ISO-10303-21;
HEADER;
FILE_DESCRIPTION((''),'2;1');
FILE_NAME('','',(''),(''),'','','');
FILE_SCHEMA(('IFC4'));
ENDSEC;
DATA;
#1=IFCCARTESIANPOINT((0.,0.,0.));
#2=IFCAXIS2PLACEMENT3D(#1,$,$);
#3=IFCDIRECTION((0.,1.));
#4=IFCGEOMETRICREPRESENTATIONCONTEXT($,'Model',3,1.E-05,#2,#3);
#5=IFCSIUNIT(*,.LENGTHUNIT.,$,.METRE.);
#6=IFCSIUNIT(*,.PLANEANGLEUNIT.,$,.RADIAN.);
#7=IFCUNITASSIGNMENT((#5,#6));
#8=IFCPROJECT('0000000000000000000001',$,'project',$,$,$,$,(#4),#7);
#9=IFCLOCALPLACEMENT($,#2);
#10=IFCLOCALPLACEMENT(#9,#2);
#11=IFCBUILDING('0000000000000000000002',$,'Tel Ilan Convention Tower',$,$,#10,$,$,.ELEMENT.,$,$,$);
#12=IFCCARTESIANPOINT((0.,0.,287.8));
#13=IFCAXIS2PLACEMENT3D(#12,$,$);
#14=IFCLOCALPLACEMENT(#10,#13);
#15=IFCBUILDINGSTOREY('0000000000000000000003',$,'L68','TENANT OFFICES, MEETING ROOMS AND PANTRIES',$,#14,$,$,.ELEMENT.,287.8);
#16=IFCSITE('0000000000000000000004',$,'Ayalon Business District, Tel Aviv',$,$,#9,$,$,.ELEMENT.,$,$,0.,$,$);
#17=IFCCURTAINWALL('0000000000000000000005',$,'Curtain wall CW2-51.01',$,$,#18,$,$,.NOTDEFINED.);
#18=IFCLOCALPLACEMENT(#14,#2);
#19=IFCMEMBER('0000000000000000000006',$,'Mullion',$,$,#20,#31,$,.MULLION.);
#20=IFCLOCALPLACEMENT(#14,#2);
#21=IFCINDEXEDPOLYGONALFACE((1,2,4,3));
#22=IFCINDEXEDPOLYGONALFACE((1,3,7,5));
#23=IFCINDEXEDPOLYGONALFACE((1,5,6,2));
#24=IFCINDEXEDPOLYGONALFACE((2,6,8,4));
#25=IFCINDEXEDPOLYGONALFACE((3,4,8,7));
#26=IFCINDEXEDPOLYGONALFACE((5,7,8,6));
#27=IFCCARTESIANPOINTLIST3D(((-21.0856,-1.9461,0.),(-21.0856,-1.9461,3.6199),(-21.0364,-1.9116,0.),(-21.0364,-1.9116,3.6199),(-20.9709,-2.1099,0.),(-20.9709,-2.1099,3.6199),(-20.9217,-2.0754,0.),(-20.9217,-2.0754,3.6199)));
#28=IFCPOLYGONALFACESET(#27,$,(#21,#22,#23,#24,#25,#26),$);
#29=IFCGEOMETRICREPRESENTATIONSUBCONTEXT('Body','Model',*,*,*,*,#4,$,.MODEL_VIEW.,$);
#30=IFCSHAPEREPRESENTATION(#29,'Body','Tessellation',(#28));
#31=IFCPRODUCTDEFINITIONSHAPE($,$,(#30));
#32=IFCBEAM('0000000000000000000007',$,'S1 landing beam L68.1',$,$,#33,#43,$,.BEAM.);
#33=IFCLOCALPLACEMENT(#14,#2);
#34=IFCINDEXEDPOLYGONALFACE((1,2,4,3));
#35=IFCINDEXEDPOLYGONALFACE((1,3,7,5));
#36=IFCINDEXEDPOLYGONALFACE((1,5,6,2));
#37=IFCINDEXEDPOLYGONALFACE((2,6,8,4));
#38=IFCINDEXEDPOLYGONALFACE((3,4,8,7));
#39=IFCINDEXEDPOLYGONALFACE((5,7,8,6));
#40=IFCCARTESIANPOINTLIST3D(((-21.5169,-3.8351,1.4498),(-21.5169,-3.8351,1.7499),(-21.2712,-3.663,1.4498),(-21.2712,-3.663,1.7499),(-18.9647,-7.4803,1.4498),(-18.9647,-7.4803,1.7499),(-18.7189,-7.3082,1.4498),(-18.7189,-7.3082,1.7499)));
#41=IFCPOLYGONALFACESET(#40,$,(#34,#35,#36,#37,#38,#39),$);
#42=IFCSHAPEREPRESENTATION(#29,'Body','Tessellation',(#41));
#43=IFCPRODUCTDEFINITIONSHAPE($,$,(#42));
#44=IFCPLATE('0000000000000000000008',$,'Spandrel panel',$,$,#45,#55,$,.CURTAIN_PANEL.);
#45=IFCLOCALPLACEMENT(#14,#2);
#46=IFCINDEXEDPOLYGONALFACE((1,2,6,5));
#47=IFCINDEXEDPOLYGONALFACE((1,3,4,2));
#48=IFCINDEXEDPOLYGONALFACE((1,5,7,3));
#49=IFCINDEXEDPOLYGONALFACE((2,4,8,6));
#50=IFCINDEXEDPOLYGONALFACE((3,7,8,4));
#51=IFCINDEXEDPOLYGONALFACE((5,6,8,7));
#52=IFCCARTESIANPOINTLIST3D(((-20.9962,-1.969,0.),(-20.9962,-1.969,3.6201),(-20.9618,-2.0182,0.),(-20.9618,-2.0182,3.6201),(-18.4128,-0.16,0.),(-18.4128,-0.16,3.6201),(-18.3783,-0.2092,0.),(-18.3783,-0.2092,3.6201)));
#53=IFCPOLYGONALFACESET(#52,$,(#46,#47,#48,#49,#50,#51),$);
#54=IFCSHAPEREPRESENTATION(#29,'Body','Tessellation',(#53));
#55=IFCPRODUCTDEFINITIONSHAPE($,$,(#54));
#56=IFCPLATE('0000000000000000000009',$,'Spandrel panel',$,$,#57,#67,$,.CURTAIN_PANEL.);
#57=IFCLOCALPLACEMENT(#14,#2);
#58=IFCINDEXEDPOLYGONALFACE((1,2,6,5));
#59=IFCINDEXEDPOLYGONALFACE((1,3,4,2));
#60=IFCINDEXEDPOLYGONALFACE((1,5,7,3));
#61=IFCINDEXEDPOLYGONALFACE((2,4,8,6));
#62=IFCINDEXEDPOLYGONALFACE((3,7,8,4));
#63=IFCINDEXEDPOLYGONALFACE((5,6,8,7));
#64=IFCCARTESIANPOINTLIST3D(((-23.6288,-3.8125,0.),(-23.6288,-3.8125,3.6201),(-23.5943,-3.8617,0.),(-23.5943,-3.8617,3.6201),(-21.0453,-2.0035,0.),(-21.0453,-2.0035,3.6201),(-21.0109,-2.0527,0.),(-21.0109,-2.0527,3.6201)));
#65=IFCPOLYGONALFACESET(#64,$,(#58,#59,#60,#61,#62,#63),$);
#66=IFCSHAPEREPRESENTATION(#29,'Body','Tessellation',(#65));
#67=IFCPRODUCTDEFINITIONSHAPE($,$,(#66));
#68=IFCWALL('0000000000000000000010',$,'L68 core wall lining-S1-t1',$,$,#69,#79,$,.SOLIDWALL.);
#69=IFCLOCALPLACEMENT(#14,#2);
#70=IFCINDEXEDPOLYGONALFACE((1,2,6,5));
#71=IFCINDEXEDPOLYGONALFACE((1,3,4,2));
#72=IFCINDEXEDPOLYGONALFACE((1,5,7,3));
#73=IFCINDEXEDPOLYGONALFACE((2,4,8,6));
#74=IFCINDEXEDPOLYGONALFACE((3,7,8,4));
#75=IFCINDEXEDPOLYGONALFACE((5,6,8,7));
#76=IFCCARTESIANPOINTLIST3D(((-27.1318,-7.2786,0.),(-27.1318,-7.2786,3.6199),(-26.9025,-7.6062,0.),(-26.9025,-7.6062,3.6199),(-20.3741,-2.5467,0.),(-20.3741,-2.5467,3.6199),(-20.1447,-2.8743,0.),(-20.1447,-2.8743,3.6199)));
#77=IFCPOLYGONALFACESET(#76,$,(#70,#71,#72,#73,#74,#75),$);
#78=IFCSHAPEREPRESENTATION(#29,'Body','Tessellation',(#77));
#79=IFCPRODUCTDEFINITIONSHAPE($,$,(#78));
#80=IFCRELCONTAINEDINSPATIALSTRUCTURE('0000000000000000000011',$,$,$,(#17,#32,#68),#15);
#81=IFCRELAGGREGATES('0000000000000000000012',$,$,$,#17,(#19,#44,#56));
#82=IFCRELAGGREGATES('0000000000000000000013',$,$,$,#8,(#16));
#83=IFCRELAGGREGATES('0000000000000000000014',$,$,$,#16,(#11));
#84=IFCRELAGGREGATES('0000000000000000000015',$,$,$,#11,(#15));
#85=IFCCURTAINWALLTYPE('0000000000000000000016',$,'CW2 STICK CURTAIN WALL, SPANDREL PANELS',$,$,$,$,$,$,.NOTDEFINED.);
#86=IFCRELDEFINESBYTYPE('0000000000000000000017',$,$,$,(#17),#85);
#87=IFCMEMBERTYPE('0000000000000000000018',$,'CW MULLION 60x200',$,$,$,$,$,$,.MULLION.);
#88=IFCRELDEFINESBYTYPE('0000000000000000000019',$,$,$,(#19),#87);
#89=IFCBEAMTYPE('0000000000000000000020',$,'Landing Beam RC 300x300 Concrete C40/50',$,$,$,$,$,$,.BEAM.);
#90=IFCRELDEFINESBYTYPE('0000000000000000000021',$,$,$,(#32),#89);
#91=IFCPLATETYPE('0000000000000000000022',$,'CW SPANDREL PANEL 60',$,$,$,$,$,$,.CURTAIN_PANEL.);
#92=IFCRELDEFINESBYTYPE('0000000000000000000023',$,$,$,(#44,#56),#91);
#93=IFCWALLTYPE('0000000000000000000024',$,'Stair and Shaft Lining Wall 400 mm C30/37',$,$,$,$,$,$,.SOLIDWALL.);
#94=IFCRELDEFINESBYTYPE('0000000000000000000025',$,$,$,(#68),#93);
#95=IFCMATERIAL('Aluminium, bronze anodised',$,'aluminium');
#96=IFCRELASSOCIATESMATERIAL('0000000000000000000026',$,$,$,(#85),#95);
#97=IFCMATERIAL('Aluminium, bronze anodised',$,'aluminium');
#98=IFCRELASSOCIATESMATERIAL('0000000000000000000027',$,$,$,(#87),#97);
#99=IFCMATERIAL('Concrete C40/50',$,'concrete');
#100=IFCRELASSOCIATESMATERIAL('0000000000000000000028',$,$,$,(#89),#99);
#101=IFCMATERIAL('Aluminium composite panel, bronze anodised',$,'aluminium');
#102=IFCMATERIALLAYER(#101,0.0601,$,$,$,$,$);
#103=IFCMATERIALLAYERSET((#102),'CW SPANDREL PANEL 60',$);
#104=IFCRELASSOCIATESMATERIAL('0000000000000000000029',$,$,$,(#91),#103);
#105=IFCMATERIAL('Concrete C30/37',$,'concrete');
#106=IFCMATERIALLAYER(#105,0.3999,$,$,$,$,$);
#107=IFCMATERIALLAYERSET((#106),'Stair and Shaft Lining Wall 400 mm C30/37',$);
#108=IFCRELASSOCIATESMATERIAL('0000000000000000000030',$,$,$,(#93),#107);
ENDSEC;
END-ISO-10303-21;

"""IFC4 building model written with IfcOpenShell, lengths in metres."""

from ifc_helpers import new_model, si_unit, direction, frame, frame_2d, origin, origin_2d, place, context, subcontext, project, spatial, rectangle, extrude, material, layer, layer_set, material_profile, profile_set, type_object, element, aggregate, save


model = new_model("IFC4")

# Units and contexts
model_context = context("Model", 3, precision=1e-05, world=origin(), true_north=direction((0.0, 1.0)))
body_context = subcontext(model_context, "Body", "Model", "MODEL_VIEW")
ifc_project = project(units=[si_unit("LENGTHUNIT", "METRE"), si_unit("PLANEANGLEUNIT", "RADIAN")], contexts=[model_context])

# Site, building, storey
site_placement = place(None, origin())
site = spatial("IfcSite", under=ifc_project, at=site_placement, Name="Ayalon Business District, Tel Aviv", CompositionType="ELEMENT", RefElevation=0.0)
building_placement = place(site_placement, origin())
building = spatial("IfcBuilding", under=site, at=building_placement, Name="Tel Ilan Convention Tower", CompositionType="ELEMENT")
storey_placement = place(building_placement, frame((0.0, 0.0, 287.8)))
storey = spatial("IfcBuildingStorey", under=building, at=storey_placement, Name="L68", Description="TENANT OFFICES, MEETING ROOMS AND PANTRIES", CompositionType="ELEMENT", Elevation=287.8)

# Curtain wall, member
ifc_material_1 = material(Name="Aluminium, bronze anodised", Category="aluminium")
curtain_wall_type = type_object("IfcCurtainWallType", Name="CW2 STICK CURTAIN WALL, SPANDREL PANELS", PredefinedType="NOTDEFINED", material=ifc_material_1)
curtain_wall_placement = place(storey_placement, origin())
curtain_wall = element("IfcCurtainWall", 1, at=curtain_wall_placement, inside=storey, type_object=curtain_wall_type, Name="Curtain wall CW2-51.01", PredefinedType="NOTDEFINED")
ifc_material_2 = material(Name="Aluminium, bronze anodised", Category="aluminium")
ifc_material_profile_1 = material_profile(ifc_material_2, rectangle(XDim=0.0601, YDim=0.2, at=origin_2d()), Name="CW MULLION 60x200")
ifc_profile_set_1 = profile_set([ifc_material_profile_1], Name="Aluminium, bronze anodised")
member_type = type_object("IfcMemberType", Name="CW MULLION 60x200", PredefinedType="MULLION", material=ifc_profile_set_1)
member_placement = place(storey_placement, frame((-21.0037, -2.0107, 0.0), z_axis=(0.0, 0.0, 1.0), x_axis=(-0.819152, -0.573576, 0.0)))
member = element("IfcMember", 2, at=member_placement, type_object=member_type, Name="Mullion", PredefinedType="MULLION", context=body_context, shape_type="SweptSolid", body=[
    extrude(rectangle(XDim=0.0601, YDim=0.2, at=origin_2d()), origin(), (0.0, 0.0, 1.0), 3.6199),
])

# Beam
ifc_material_3 = material(Name="Concrete C40/50", Category="concrete")
ifc_material_profile_2 = material_profile(ifc_material_3, rectangle(XDim=0.3, YDim=0.3, at=origin_2d()), Name="RC 300x300")
ifc_profile_set_2 = profile_set([ifc_material_profile_2], Name="Concrete C40/50")
beam_type = type_object("IfcBeamType", Name="Landing Beam RC 300x300 Concrete C40/50", PredefinedType="BEAM", material=ifc_profile_set_2)
beam_placement = place(storey_placement, frame((-18.8418, -7.3943, 1.5999), z_axis=(-0.573547, 0.819173, 0.0), x_axis=(-0.819173, -0.573547, 0.0)))
element("IfcBeam", 3, at=beam_placement, inside=storey, type_object=beam_type, Name="S1 landing beam L68.1", PredefinedType="BEAM", context=body_context, shape_type="SweptSolid", body=[
    extrude(rectangle(XDim=0.3, YDim=0.3, at=origin_2d()), origin(), (0.0, 0.0, 1.0), 4.45),
])

# Plates
ifc_material_4 = material(Name="Aluminium composite panel, bronze anodised", Category="aluminium")
ifc_layer_1 = layer(ifc_material_4, 0.0601)
ifc_layer_set_1 = layer_set([ifc_layer_1], Name="CW SPANDREL PANEL 60")
plate_type = type_object("IfcPlateType", Name="CW SPANDREL PANEL 60", PredefinedType="CURTAIN_PANEL", material=ifc_layer_set_1)
plate_1_placement = place(storey_placement, frame((-19.6873, -1.0891, 0.0), z_axis=(0.0, 0.0, 1.0), x_axis=(-0.819152, -0.573576, 0.0)))
plate_1 = element("IfcPlate", 4, at=plate_1_placement, type_object=plate_type, Name="Spandrel panel", PredefinedType="CURTAIN_PANEL", context=body_context, shape_type="SweptSolid", body=[
    extrude(rectangle(XDim=3.1538, YDim=0.0601, at=origin_2d()), origin(), (0.0, 0.0, 1.0), 3.6201),
])
plate_2_placement = place(storey_placement, frame((-22.3198, -2.9326, 0.0), z_axis=(0.0, 0.0, 1.0), x_axis=(-0.819152, -0.573576, 0.0)))
plate_2 = element("IfcPlate", 5, at=plate_2_placement, type_object=plate_type, Name="Spandrel panel", PredefinedType="CURTAIN_PANEL", context=body_context, shape_type="SweptSolid", body=[
    extrude(rectangle(XDim=3.1538, YDim=0.0601, at=origin_2d()), origin(), (0.0, 0.0, 1.0), 3.6201),
])
aggregate(curtain_wall, [member, plate_1, plate_2])

# Wall
ifc_material_5 = material(Name="Concrete C30/37", Category="concrete")
ifc_layer_2 = layer(ifc_material_5, 0.3999)
ifc_layer_set_2 = layer_set([ifc_layer_2], Name="Stair and Shaft Lining Wall 400 mm C30/37")
wall_type = type_object("IfcWallType", Name="Stair and Shaft Lining Wall 400 mm C30/37", PredefinedType="SOLIDWALL", material=ifc_layer_set_2)
wall_placement = place(storey_placement, frame((-20.2593, -2.7104, 0.0), z_axis=(0.0, 0.0, 1.0), x_axis=(-0.819148, -0.573582, 0.0)))
element("IfcWall", 6, at=wall_placement, inside=storey, type_object=wall_type, Name="L68 core wall lining-S1-t1", PredefinedType="SOLIDWALL", context=body_context, shape_type="SweptSolid", body=[
    extrude(rectangle(XDim=8.2498, YDim=0.3999, at=frame_2d((4.125, 0.0))), origin(), (0.0, 0.0, 1.0), 3.6199),
])

save(model, "model.ifc")
